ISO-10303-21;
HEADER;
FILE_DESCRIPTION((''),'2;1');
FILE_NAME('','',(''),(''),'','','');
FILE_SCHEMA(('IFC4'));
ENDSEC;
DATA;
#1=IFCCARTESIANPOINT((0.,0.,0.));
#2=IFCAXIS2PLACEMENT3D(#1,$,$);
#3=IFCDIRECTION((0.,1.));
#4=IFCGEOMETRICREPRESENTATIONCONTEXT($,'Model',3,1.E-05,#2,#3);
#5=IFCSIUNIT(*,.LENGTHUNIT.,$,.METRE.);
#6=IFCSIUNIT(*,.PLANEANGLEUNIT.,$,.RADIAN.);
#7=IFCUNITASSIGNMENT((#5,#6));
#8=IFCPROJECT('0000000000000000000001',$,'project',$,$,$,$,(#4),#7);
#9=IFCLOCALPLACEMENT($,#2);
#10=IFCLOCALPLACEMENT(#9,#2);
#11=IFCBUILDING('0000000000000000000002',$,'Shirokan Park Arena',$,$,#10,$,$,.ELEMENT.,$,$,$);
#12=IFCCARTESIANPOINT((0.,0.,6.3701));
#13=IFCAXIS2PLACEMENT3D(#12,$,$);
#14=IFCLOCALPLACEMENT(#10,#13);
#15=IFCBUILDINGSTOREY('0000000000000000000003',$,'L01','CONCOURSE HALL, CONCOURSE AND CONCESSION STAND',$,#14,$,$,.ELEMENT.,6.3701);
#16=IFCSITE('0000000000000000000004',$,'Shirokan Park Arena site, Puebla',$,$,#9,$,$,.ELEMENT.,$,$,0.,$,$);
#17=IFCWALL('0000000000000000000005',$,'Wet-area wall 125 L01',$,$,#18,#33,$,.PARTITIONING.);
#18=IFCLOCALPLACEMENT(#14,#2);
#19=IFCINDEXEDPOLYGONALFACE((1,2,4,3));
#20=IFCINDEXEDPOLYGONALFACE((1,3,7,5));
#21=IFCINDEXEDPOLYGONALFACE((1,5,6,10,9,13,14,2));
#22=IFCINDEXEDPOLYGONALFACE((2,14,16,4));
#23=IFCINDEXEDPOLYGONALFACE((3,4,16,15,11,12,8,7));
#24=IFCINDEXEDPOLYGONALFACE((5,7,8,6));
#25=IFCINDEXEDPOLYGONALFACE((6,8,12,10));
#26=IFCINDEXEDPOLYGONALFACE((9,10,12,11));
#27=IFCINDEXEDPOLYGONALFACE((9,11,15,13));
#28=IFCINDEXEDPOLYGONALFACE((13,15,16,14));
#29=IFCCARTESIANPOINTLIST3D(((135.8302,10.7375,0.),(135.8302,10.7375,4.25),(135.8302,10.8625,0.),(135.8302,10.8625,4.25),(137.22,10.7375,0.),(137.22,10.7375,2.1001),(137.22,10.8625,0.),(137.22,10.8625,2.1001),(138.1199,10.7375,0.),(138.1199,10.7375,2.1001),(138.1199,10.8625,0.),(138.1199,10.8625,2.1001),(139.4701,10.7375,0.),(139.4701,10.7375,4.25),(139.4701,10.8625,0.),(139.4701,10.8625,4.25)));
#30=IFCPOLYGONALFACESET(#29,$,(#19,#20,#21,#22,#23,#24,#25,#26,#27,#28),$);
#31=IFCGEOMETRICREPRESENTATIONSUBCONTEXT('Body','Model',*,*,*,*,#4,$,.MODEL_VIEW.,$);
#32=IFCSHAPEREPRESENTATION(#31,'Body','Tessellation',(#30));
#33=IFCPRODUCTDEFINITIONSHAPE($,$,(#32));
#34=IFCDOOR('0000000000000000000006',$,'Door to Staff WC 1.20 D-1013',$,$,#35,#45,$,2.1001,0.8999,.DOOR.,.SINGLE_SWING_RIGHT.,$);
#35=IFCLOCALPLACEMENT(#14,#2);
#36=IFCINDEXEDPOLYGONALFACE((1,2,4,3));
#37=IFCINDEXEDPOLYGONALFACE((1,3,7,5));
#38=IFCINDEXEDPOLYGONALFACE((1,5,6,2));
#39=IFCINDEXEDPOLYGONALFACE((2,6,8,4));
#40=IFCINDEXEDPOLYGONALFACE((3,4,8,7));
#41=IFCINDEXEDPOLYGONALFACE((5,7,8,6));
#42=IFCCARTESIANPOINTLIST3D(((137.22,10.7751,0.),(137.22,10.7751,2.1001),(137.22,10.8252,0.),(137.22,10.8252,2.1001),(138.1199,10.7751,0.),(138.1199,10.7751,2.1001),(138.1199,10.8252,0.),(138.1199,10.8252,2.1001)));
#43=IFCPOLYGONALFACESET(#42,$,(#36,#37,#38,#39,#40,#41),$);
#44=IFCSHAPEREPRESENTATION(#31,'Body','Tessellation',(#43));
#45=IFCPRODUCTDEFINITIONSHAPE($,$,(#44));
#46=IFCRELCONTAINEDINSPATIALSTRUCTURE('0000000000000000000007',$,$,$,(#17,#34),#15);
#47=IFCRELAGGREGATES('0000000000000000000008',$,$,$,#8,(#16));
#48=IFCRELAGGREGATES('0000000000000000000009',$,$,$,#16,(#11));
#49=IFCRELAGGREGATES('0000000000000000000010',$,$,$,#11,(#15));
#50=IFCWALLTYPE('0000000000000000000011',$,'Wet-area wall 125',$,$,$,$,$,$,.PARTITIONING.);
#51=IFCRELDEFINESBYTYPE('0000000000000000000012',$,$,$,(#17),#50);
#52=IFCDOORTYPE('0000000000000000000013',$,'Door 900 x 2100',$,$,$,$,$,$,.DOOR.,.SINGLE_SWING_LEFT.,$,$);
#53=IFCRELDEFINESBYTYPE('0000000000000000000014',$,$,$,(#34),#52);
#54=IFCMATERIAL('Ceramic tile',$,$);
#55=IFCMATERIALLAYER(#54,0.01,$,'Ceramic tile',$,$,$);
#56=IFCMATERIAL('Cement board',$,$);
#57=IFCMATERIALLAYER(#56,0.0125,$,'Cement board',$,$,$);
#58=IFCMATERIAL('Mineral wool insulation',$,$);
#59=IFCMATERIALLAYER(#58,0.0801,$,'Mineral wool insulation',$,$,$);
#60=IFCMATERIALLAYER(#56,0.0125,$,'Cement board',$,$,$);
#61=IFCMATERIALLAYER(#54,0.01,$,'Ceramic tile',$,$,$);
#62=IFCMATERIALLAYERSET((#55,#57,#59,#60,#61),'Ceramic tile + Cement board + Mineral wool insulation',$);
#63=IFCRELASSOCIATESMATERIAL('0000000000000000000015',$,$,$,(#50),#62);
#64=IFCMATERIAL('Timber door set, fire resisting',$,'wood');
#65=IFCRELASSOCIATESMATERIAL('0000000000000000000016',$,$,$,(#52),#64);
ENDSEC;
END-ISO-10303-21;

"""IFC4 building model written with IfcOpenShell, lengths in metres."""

from ifc_helpers import new_model, si_unit, direction, frame, frame_2d, origin, place, context, subcontext, project, spatial, rectangle, extrude, material, layer, layer_set, type_object, element, fill, save


model = new_model("IFC4")

# Units and contexts
model_context = context("Model", 3, precision=1e-05, world=origin(), true_north=direction((0.0, 1.0)))
body_context = subcontext(model_context, "Body", "Model", "MODEL_VIEW")
ifc_project = project(units=[si_unit("LENGTHUNIT", "METRE"), si_unit("PLANEANGLEUNIT", "RADIAN")], contexts=[model_context])

# Site, building, storey
site_placement = place(None, origin())
site = spatial("IfcSite", under=ifc_project, at=site_placement, Name="Shirokan Park Arena site, Puebla", CompositionType="ELEMENT", RefElevation=0.0)
building_placement = place(site_placement, origin())
building = spatial("IfcBuilding", under=site, at=building_placement, Name="Shirokan Park Arena", CompositionType="ELEMENT")
storey_placement = place(building_placement, frame((0.0, 0.0, 6.3701)))
storey = spatial("IfcBuildingStorey", under=building, at=storey_placement, Name="L01", Description="CONCOURSE HALL, CONCOURSE AND CONCESSION STAND", CompositionType="ELEMENT", Elevation=6.3701)

# Shared definitions
ifc_material_1 = material(Name="Mineral wool insulation")

# Shared definitions
ifc_material_2 = material(Name="Ceramic tile")
ifc_layer_1 = layer(ifc_material_2, 0.01, Name="Ceramic tile")
ifc_material_3 = material(Name="Cement board")
ifc_layer_2 = layer(ifc_material_3, 0.0125, Name="Cement board")
ifc_layer_3 = layer(ifc_material_1, 0.0801, Name="Mineral wool insulation")
ifc_layer_4 = layer(ifc_material_3, 0.0125, Name="Cement board")
ifc_layer_5 = layer(ifc_material_2, 0.01, Name="Ceramic tile")
ifc_layer_set_1 = layer_set([ifc_layer_1, ifc_layer_2, ifc_layer_3, ifc_layer_4, ifc_layer_5], Name="Ceramic tile + Cement board + Mineral wool insulation")
wall_type_1 = type_object("IfcWallType", Name="Wet-area wall 125", PredefinedType="PARTITIONING", material=ifc_layer_set_1)

# Wall, opening, door
wall_1_placement = place(storey_placement, frame((139.47, 10.8, 0.0), z_axis=(0.0, 0.0, 1.0), x_axis=(-1.0, 0.0, 0.0)))
wall_1 = element("IfcWall", 1, at=wall_1_placement, inside=storey, type_object=wall_type_1, Name="Wet-area wall 125 L01", PredefinedType="PARTITIONING", context=body_context, shape_type="SweptSolid", body=[
    extrude(rectangle(XDim=3.6399, YDim=0.125, at=frame_2d((1.8198, 0.0))), origin(), (0.0, 0.0, 1.0), 4.25),
])
opening_1_placement = place(wall_1_placement, frame((1.3501, 0.0, 0.0)))
opening_1 = element("IfcOpeningElement", 2, at=opening_1_placement, cuts=wall_1, PredefinedType="OPENING", context=body_context, shape_type="SweptSolid", body=[
    extrude(rectangle(XDim=0.8999, YDim=2.1001, at=frame_2d((0.45, 1.05))), frame((0.0, 0.0725, 0.0), z_axis=(0.0, -1.0, 0.0), x_axis=(1.0, 0.0, 0.0)), (0.0, 0.0, 1.0), 0.145),
])
ifc_material_4 = material(Name="Timber door set, fire resisting", Category="wood")
door_type_1 = type_object("IfcDoorType", Name="Door 900 x 2100", OperationType="SINGLE_SWING_LEFT", PredefinedType="DOOR", material=ifc_material_4)
door_1_placement = place(opening_1_placement, origin())
door_1 = element("IfcDoor", 3, at=door_1_placement, inside=storey, type_object=door_type_1, Name="Door to Staff WC 1.20 D-1013", OperationType="SINGLE_SWING_RIGHT", OverallHeight=2.1001, OverallWidth=0.8999, PredefinedType="DOOR", context=body_context, shape_type="SweptSolid", body=[
    extrude(rectangle(XDim=0.8999, YDim=2.1001, at=frame_2d((0.45, 1.05))), frame((0.0, 0.0249, 0.0), z_axis=(0.0, -1.0, 0.0), x_axis=(1.0, 0.0, 0.0)), (0.0, 0.0, 1.0), 0.05),
])
fill(opening_1, door_1)

save(model, "model.ifc")
